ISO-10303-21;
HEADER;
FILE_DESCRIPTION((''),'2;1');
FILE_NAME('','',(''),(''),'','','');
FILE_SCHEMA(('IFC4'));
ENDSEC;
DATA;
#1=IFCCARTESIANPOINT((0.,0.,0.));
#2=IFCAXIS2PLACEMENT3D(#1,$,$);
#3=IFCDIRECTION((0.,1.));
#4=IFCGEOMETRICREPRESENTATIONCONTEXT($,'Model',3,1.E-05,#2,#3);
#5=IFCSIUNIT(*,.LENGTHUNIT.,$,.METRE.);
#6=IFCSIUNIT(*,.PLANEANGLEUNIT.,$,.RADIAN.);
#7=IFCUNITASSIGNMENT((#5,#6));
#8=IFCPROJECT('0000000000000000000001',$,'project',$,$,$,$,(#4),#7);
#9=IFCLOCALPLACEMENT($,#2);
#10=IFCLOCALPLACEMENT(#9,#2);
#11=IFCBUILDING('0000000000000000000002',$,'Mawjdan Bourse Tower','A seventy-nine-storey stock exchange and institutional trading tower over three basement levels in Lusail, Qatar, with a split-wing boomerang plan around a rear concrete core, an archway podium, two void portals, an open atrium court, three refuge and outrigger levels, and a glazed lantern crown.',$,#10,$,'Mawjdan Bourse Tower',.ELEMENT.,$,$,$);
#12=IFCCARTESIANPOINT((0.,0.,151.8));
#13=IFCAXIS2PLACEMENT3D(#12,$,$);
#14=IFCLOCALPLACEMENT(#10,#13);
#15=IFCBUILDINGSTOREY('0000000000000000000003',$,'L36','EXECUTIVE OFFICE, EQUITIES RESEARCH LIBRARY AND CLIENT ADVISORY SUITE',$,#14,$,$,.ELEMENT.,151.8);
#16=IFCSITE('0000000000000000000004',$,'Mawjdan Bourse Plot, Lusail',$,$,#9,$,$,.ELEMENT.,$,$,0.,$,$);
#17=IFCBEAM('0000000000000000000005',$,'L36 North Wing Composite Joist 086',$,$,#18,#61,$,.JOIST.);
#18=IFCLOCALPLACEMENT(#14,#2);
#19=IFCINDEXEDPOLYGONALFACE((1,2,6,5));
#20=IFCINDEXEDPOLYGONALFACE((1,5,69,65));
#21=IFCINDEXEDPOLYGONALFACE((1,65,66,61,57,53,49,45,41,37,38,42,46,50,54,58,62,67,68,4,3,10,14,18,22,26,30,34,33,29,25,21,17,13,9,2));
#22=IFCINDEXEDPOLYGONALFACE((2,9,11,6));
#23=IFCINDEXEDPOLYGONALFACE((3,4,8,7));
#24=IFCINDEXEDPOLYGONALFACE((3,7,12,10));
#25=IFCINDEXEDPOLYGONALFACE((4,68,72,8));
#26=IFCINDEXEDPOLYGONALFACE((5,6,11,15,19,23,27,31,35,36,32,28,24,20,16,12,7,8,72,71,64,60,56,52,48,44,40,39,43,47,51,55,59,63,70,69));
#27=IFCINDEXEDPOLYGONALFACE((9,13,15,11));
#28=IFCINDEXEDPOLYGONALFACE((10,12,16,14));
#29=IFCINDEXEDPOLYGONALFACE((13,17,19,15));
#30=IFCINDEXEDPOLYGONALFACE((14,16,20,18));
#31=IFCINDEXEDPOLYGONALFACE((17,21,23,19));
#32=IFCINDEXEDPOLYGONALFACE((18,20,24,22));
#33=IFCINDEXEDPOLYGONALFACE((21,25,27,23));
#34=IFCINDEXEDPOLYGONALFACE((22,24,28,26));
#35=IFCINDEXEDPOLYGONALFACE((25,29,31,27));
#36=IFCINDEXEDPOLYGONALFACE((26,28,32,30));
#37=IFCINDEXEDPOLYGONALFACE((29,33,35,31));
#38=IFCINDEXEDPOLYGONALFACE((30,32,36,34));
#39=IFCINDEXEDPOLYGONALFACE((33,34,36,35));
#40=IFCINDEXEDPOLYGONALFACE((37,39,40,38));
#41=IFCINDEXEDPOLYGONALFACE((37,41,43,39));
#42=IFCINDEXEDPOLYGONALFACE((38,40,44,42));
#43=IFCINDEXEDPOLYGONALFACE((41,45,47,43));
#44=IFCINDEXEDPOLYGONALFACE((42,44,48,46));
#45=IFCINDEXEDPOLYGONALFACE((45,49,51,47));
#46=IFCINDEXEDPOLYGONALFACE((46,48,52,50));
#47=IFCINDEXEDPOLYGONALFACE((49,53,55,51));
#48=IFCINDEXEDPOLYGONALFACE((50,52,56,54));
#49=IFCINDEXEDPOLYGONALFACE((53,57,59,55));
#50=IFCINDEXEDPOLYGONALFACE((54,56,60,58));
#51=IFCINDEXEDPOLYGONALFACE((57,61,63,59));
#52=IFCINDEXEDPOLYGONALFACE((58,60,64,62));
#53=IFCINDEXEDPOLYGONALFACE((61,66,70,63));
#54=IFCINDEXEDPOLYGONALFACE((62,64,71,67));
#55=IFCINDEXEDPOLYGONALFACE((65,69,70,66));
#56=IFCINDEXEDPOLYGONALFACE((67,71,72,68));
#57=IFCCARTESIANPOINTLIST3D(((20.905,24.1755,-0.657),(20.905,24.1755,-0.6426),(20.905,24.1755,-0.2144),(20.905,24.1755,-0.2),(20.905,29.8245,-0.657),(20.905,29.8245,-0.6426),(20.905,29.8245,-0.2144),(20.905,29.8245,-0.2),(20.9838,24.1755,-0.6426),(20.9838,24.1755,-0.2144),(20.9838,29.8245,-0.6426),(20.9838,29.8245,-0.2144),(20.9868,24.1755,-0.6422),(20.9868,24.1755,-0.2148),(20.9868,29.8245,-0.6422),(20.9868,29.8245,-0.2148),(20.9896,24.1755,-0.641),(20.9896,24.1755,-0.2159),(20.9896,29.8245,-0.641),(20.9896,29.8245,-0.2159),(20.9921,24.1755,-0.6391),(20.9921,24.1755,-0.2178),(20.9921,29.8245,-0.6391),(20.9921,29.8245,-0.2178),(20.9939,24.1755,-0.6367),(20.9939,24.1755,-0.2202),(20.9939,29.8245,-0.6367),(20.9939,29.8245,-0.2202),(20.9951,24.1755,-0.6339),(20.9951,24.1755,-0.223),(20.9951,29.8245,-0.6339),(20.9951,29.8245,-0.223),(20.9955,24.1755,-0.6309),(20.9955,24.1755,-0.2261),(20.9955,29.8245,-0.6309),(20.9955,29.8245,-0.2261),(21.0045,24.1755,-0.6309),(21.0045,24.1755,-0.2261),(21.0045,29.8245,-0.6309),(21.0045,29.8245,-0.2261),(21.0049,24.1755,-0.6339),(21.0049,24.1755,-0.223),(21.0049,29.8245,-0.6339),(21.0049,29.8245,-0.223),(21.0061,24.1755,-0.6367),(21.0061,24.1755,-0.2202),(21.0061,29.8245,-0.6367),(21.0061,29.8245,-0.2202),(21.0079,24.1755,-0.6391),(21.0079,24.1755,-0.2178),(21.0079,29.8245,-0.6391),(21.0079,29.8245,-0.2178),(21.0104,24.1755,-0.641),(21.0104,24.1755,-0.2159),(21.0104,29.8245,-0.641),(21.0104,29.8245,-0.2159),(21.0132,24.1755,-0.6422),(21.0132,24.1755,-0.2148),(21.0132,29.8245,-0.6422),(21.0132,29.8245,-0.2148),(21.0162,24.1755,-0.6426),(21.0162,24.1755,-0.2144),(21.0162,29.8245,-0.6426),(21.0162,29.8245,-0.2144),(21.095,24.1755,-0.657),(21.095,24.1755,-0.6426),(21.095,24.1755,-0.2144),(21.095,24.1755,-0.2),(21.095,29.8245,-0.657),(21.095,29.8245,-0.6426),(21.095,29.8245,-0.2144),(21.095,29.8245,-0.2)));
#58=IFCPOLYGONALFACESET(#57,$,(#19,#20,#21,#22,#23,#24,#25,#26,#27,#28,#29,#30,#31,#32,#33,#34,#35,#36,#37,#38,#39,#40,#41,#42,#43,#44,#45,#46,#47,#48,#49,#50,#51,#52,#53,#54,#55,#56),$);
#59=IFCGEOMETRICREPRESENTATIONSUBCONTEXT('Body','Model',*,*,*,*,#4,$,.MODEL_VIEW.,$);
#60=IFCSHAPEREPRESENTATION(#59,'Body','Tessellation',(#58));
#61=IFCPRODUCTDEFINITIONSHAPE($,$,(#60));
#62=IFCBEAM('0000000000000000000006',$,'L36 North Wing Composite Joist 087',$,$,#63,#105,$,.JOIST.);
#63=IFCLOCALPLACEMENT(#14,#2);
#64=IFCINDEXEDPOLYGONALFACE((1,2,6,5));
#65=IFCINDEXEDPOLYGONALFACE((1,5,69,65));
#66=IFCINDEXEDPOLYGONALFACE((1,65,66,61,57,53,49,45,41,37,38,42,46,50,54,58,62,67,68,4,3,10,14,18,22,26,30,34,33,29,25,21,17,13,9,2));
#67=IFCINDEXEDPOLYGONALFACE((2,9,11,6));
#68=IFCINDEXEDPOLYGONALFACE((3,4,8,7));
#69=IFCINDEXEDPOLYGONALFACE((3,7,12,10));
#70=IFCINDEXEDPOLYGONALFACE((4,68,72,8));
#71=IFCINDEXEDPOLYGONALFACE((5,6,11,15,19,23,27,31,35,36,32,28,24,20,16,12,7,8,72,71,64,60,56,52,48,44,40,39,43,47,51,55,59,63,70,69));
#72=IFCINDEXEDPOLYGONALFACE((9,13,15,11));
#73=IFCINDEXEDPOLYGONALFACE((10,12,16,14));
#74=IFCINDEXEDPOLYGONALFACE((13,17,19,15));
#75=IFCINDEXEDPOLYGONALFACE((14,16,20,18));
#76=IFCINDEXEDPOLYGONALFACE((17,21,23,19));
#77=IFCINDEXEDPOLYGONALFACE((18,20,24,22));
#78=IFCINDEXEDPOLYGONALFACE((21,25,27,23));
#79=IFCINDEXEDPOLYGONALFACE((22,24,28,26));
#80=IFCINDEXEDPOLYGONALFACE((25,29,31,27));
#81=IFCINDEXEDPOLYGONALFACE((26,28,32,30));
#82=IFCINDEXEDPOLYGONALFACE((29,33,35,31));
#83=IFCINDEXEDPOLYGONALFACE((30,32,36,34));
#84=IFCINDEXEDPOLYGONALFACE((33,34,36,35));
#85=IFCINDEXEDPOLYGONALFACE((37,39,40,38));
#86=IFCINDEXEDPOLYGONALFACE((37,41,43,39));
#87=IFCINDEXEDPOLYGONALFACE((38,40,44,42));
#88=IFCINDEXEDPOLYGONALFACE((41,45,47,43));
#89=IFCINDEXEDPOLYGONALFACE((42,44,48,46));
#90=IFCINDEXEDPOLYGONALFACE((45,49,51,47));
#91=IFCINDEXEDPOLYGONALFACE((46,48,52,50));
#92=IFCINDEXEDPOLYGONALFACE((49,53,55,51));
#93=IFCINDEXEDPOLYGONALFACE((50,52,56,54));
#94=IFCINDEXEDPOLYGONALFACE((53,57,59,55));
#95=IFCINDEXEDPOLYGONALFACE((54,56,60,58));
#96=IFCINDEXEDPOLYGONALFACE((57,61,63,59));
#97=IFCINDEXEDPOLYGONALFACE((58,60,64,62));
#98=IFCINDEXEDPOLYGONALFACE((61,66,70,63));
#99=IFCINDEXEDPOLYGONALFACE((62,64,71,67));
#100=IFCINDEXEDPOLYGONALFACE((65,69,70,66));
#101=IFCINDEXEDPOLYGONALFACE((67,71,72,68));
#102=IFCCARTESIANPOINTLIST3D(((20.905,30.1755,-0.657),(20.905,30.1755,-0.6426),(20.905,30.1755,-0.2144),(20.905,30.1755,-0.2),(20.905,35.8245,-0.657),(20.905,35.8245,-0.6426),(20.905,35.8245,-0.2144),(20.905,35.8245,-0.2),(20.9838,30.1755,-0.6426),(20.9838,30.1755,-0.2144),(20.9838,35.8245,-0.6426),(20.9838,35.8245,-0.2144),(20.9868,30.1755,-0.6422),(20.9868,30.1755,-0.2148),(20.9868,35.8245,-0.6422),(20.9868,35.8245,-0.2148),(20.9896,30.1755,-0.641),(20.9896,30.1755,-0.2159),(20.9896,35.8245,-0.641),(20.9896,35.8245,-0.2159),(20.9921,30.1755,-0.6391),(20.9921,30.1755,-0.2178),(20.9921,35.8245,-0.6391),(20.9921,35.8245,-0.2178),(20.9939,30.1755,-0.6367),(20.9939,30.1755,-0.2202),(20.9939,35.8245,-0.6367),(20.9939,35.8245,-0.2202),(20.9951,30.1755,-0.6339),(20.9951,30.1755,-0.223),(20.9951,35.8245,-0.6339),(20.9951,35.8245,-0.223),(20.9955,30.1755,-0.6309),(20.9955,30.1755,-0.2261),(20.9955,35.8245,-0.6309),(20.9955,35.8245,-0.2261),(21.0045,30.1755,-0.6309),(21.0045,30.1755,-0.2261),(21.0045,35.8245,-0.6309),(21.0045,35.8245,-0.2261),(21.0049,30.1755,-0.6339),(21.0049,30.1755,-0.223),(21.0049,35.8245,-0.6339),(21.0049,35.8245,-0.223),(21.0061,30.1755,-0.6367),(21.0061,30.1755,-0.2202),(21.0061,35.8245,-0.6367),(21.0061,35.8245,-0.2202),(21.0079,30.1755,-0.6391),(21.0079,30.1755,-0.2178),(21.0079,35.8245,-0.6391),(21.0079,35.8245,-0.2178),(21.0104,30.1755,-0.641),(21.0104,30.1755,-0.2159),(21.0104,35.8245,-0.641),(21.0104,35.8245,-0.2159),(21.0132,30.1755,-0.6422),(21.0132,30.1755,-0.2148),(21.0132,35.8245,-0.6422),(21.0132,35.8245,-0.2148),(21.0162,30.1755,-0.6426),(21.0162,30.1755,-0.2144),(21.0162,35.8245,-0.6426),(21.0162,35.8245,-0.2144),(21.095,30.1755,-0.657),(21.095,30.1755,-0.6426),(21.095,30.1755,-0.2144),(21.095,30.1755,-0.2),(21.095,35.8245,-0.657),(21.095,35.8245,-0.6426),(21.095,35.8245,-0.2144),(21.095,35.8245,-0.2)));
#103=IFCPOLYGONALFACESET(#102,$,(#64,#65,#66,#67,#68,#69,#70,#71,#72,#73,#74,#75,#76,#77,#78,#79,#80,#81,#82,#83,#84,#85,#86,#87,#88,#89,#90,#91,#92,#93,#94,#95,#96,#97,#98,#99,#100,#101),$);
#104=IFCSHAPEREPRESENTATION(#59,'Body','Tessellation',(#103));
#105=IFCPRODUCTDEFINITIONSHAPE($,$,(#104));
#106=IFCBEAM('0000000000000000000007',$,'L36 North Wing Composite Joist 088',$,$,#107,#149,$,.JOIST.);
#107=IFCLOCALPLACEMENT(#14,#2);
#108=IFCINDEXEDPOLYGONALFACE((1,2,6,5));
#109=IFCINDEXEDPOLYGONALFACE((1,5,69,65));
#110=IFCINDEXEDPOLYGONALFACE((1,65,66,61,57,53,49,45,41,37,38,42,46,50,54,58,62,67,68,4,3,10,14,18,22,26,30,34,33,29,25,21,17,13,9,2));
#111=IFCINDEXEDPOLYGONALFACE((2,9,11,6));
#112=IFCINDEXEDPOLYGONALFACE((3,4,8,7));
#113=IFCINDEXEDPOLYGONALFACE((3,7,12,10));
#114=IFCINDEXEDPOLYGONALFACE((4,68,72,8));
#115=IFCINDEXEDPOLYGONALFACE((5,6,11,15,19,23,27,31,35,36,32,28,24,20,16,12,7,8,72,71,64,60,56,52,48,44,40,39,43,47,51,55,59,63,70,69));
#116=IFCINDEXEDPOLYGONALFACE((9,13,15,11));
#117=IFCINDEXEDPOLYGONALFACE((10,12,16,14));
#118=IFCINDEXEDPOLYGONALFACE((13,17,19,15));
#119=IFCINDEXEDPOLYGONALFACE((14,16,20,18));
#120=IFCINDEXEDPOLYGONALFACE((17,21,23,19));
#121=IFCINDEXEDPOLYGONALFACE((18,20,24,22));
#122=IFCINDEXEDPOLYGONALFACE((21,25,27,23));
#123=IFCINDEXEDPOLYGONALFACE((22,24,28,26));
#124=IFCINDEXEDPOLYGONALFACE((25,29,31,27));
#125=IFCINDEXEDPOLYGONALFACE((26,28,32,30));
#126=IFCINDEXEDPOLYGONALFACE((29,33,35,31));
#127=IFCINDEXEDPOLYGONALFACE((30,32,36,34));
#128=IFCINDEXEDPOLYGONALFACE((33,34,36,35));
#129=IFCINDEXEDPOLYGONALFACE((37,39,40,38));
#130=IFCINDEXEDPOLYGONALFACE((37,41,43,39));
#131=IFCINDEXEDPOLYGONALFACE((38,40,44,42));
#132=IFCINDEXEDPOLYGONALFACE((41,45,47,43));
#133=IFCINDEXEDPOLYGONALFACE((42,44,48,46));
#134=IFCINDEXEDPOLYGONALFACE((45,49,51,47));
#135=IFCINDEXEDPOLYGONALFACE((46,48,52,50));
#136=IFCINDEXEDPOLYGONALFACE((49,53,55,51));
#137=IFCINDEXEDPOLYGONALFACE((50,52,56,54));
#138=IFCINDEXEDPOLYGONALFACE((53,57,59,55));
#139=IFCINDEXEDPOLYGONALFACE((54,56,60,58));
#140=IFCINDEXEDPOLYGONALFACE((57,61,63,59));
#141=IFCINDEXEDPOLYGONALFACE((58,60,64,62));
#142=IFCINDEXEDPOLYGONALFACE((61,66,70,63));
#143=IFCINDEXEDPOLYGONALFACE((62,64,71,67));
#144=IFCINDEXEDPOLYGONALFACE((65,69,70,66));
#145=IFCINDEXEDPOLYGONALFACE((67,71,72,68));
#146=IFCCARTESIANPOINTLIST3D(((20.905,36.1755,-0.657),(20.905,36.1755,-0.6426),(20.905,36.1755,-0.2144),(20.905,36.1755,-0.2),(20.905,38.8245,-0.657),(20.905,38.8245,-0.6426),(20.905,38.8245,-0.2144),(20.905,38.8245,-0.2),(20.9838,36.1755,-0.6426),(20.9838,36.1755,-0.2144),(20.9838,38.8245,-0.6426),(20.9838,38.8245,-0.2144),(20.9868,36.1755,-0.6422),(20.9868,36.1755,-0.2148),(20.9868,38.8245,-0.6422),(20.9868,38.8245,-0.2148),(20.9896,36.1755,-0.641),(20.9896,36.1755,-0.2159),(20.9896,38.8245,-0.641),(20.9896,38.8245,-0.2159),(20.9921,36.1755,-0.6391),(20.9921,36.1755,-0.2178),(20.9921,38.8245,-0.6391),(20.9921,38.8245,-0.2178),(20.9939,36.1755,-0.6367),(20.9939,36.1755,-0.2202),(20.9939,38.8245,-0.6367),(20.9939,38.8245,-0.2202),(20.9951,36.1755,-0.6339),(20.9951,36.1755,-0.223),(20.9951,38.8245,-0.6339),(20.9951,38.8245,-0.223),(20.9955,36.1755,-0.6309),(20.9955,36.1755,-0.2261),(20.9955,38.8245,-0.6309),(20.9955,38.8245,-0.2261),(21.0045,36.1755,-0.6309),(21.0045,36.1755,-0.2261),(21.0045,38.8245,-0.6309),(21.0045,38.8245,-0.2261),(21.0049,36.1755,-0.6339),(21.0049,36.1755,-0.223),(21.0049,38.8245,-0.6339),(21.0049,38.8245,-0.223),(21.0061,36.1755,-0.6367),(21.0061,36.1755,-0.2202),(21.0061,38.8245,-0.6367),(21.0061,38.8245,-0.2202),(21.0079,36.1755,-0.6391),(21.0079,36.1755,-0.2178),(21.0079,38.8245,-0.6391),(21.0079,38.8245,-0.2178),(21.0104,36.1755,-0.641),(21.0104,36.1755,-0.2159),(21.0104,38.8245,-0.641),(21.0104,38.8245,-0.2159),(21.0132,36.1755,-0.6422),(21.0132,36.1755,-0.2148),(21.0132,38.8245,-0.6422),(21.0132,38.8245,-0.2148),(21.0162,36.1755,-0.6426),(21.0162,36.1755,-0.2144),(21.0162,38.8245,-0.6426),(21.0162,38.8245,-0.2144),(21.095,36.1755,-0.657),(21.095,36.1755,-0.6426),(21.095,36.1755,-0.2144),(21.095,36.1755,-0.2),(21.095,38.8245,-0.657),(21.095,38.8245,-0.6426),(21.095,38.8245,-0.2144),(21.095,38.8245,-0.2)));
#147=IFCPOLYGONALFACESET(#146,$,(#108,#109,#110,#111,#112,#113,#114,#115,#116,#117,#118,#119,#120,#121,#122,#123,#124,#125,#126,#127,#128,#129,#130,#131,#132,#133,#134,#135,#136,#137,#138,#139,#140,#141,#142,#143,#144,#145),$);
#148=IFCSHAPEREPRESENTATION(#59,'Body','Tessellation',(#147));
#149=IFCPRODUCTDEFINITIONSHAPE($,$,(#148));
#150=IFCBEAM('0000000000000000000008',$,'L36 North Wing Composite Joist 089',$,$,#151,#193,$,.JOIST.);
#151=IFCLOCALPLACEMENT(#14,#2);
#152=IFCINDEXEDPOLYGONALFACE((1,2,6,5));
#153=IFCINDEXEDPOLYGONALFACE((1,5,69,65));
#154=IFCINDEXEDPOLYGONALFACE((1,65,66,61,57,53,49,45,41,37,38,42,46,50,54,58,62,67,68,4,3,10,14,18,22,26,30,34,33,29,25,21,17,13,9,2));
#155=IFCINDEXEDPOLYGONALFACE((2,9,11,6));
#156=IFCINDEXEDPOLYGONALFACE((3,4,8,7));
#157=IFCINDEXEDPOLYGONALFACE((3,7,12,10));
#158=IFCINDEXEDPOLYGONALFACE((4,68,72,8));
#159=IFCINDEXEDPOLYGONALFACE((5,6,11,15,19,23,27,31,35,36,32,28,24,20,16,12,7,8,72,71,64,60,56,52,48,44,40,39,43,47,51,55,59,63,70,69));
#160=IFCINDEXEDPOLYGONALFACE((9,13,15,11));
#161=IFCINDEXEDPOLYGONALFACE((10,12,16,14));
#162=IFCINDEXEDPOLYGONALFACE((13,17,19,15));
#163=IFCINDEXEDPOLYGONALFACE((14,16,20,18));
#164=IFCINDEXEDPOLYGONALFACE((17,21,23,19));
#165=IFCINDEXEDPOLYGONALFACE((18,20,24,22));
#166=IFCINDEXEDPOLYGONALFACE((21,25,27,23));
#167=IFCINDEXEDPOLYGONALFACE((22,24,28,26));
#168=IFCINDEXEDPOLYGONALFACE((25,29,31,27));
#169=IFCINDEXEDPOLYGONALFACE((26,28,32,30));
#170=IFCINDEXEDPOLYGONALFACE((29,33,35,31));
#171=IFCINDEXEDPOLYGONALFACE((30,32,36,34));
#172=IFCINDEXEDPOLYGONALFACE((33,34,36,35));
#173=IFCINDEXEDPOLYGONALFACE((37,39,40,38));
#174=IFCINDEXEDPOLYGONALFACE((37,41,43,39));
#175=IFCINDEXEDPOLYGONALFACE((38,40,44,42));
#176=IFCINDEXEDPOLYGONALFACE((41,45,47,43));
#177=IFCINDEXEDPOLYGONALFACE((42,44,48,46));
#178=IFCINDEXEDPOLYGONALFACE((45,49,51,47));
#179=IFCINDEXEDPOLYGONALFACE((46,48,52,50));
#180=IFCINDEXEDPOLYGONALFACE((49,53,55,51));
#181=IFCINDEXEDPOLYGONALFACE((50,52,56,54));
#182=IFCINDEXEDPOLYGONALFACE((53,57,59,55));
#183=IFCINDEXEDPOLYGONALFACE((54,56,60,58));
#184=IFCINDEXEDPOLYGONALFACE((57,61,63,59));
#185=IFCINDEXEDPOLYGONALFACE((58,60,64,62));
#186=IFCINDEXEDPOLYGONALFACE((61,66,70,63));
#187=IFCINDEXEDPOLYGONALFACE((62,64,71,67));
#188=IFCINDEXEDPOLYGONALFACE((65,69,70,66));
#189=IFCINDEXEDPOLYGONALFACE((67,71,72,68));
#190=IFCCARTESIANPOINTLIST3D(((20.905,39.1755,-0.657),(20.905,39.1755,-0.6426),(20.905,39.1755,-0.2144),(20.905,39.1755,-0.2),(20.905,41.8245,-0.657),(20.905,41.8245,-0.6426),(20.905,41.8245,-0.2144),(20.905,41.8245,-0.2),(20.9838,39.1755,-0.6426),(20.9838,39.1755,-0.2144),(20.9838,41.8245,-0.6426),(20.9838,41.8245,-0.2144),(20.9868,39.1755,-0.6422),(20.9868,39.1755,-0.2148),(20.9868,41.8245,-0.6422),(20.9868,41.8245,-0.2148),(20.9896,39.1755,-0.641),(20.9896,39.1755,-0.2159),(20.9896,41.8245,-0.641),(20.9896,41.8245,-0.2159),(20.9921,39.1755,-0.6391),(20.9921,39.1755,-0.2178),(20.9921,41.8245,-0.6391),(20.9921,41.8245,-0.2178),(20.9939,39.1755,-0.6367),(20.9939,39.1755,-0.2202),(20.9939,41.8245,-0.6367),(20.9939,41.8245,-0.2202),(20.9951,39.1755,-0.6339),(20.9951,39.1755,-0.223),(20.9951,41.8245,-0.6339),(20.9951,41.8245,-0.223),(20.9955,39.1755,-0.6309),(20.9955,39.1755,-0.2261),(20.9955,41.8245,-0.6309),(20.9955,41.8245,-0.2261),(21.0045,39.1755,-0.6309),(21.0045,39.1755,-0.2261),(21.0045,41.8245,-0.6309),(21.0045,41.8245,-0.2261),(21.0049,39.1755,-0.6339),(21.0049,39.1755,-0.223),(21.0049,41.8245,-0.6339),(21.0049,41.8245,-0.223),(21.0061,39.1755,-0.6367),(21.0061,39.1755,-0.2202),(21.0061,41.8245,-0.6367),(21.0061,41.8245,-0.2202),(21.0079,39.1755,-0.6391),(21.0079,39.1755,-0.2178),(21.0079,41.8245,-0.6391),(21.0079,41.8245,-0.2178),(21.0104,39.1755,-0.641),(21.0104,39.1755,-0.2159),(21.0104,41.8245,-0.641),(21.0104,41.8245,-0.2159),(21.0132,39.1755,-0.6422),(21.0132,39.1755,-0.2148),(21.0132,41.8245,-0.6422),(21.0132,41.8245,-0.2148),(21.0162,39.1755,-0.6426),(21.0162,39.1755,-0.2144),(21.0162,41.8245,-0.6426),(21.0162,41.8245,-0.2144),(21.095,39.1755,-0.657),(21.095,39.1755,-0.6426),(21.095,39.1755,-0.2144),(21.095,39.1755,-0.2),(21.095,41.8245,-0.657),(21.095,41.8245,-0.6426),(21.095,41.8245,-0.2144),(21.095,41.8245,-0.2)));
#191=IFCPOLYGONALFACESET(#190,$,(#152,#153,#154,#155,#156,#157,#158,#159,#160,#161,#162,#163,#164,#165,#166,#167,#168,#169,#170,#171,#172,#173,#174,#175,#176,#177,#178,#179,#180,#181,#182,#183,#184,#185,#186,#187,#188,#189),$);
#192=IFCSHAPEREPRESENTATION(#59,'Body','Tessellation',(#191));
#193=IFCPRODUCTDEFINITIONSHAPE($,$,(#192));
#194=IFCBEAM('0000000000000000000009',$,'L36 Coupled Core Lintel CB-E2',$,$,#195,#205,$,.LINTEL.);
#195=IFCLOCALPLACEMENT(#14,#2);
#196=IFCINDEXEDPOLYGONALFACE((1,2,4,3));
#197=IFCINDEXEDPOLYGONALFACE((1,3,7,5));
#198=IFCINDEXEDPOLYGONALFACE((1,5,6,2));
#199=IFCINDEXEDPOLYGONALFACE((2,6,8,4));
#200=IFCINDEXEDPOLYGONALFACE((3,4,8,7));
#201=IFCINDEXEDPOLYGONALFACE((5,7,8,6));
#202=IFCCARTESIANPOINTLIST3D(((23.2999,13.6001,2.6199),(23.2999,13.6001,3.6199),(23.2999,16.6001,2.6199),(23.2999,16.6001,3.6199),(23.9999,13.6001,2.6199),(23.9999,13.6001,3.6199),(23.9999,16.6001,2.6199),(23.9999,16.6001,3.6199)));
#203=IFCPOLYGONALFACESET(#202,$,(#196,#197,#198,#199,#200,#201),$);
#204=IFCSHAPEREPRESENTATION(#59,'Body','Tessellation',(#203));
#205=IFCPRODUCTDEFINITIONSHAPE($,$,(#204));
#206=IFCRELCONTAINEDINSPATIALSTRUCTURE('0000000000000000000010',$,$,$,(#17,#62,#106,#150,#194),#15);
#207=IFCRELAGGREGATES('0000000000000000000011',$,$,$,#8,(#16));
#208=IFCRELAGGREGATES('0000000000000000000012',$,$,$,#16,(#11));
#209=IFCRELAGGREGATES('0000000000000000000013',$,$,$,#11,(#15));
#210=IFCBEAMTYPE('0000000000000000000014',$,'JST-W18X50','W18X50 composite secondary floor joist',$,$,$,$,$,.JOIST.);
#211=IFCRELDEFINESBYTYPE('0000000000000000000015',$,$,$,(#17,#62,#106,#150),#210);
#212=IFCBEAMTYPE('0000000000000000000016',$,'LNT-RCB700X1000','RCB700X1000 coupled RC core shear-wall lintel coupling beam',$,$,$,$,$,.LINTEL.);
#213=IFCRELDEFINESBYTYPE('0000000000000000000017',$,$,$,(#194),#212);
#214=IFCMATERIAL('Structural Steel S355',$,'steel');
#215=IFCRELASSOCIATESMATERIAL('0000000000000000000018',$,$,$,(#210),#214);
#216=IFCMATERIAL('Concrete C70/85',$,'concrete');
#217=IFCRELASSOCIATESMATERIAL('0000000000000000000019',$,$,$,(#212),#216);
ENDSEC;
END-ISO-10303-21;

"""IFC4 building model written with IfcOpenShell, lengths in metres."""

from ifc_helpers import new_model, si_unit, direction, frame, origin, origin_2d, place, context, subcontext, project, spatial, rectangle, i_section, extrude, material, material_profile, profile_set, type_object, element, save


model = new_model("IFC4")

# Units and contexts
model_context = context("Model", 3, precision=1e-05, world=origin(), true_north=direction((0.0, 1.0)))
body_context = subcontext(model_context, "Body", "Model", "MODEL_VIEW")
ifc_project = project(units=[si_unit("LENGTHUNIT", "METRE"), si_unit("PLANEANGLEUNIT", "RADIAN")], contexts=[model_context])

# Site, building, storey
site_placement = place(None, origin())
site = spatial("IfcSite", under=ifc_project, at=site_placement, Name="Mawjdan Bourse Plot, Lusail", CompositionType="ELEMENT", RefElevation=0.0)
building_placement = place(site_placement, origin())
building = spatial("IfcBuilding", under=site, at=building_placement, Name="Mawjdan Bourse Tower", Description="A seventy-nine-storey stock exchange and institutional trading tower over three basement levels in Lusail, Qatar, with a split-wing boomerang plan around a rear concrete core, an archway podium, two void portals, an open atrium court, three refuge and outrigger levels, and a glazed lantern crown.", LongName="Mawjdan Bourse Tower", CompositionType="ELEMENT")
storey_placement = place(building_placement, frame((0.0, 0.0, 151.8)))
storey = spatial("IfcBuildingStorey", under=building, at=storey_placement, Name="L36", Description="EXECUTIVE OFFICE, EQUITIES RESEARCH LIBRARY AND CLIENT ADVISORY SUITE", CompositionType="ELEMENT", Elevation=151.8)

# Shared definitions
ifc_material_1 = material(Name="Concrete C70/85", Category="concrete")

# Beams
ifc_material_2 = material(Name="Structural Steel S355", Category="steel")
ifc_material_profile_1 = material_profile(ifc_material_2, i_section(OverallWidth=0.1899, OverallDepth=0.457, WebThickness=0.009, FlangeThickness=0.0144, FilletRadius=0.0117, at=origin_2d()), Name="W18X50")
ifc_profile_set_1 = profile_set([ifc_material_profile_1], Name="Structural Steel S355")
beam_type_1 = type_object("IfcBeamType", Name="JST-W18X50", Description="W18X50 composite secondary floor joist", PredefinedType="JOIST", material=ifc_profile_set_1)
for number, where, z_axis, x_axis, name in (
    (1, (21.0, 24.1755, -0.4285), (0.0, 1.0, 0.0), (-1.0, 0.0, 0.0), "L36 North Wing Composite Joist 086"),
    (2, (21.0, 30.1755, -0.4285), (0.0, 1.0, 0.0), (-1.0, 0.0, 0.0), "L36 North Wing Composite Joist 087"),
):
    element("IfcBeam", number, at=place(storey_placement, frame(where, z_axis=z_axis, x_axis=x_axis)), inside=storey, type_object=beam_type_1, Name=name, PredefinedType="JOIST", context=body_context, shape_type="SweptSolid", body=[
        extrude(i_section(OverallWidth=0.1899, OverallDepth=0.457, WebThickness=0.009, FlangeThickness=0.0144, FilletRadius=0.0117, at=origin_2d()), origin(), (0.0, 0.0, 1.0), 5.6489),
    ])
for number, where, z_axis, x_axis, name in (
    (3, (21.0, 36.1755, -0.4285), (0.0, 1.0, 0.0), (-1.0, 0.0, 0.0), "L36 North Wing Composite Joist 088"),
    (4, (21.0, 39.1755, -0.4285), (0.0, 1.0, 0.0), (-1.0, 0.0, 0.0), "L36 North Wing Composite Joist 089"),
):
    element("IfcBeam", number, at=place(storey_placement, frame(where, z_axis=z_axis, x_axis=x_axis)), inside=storey, type_object=beam_type_1, Name=name, PredefinedType="JOIST", context=body_context, shape_type="SweptSolid", body=[
        extrude(i_section(OverallWidth=0.1899, OverallDepth=0.457, WebThickness=0.009, FlangeThickness=0.0144, FilletRadius=0.0117, at=origin_2d()), origin(), (0.0, 0.0, 1.0), 2.6489),
    ])
ifc_material_profile_2 = material_profile(ifc_material_1, rectangle(XDim=0.7, YDim=1.0, at=origin_2d()), Name="RCB700X1000")
ifc_profile_set_2 = profile_set([ifc_material_profile_2], Name="Concrete C70/85")
beam_type_2 = type_object("IfcBeamType", Name="LNT-RCB700X1000", Description="RCB700X1000 coupled RC core shear-wall lintel coupling beam", PredefinedType="LINTEL", material=ifc_profile_set_2)
beam_1_placement = place(storey_placement, frame((23.6499, 13.6001, 3.1199), z_axis=(0.0, 1.0, 0.0), x_axis=(-1.0, 0.0, 0.0)))
element("IfcBeam", 5, at=beam_1_placement, inside=storey, type_object=beam_type_2, Name="L36 Coupled Core Lintel CB-E2", PredefinedType="LINTEL", context=body_context, shape_type="SweptSolid", body=[
    extrude(rectangle(XDim=0.7, YDim=1.0, at=origin_2d()), origin(), (0.0, 0.0, 1.0), 3.0),
])

save(model, "model.ifc")
